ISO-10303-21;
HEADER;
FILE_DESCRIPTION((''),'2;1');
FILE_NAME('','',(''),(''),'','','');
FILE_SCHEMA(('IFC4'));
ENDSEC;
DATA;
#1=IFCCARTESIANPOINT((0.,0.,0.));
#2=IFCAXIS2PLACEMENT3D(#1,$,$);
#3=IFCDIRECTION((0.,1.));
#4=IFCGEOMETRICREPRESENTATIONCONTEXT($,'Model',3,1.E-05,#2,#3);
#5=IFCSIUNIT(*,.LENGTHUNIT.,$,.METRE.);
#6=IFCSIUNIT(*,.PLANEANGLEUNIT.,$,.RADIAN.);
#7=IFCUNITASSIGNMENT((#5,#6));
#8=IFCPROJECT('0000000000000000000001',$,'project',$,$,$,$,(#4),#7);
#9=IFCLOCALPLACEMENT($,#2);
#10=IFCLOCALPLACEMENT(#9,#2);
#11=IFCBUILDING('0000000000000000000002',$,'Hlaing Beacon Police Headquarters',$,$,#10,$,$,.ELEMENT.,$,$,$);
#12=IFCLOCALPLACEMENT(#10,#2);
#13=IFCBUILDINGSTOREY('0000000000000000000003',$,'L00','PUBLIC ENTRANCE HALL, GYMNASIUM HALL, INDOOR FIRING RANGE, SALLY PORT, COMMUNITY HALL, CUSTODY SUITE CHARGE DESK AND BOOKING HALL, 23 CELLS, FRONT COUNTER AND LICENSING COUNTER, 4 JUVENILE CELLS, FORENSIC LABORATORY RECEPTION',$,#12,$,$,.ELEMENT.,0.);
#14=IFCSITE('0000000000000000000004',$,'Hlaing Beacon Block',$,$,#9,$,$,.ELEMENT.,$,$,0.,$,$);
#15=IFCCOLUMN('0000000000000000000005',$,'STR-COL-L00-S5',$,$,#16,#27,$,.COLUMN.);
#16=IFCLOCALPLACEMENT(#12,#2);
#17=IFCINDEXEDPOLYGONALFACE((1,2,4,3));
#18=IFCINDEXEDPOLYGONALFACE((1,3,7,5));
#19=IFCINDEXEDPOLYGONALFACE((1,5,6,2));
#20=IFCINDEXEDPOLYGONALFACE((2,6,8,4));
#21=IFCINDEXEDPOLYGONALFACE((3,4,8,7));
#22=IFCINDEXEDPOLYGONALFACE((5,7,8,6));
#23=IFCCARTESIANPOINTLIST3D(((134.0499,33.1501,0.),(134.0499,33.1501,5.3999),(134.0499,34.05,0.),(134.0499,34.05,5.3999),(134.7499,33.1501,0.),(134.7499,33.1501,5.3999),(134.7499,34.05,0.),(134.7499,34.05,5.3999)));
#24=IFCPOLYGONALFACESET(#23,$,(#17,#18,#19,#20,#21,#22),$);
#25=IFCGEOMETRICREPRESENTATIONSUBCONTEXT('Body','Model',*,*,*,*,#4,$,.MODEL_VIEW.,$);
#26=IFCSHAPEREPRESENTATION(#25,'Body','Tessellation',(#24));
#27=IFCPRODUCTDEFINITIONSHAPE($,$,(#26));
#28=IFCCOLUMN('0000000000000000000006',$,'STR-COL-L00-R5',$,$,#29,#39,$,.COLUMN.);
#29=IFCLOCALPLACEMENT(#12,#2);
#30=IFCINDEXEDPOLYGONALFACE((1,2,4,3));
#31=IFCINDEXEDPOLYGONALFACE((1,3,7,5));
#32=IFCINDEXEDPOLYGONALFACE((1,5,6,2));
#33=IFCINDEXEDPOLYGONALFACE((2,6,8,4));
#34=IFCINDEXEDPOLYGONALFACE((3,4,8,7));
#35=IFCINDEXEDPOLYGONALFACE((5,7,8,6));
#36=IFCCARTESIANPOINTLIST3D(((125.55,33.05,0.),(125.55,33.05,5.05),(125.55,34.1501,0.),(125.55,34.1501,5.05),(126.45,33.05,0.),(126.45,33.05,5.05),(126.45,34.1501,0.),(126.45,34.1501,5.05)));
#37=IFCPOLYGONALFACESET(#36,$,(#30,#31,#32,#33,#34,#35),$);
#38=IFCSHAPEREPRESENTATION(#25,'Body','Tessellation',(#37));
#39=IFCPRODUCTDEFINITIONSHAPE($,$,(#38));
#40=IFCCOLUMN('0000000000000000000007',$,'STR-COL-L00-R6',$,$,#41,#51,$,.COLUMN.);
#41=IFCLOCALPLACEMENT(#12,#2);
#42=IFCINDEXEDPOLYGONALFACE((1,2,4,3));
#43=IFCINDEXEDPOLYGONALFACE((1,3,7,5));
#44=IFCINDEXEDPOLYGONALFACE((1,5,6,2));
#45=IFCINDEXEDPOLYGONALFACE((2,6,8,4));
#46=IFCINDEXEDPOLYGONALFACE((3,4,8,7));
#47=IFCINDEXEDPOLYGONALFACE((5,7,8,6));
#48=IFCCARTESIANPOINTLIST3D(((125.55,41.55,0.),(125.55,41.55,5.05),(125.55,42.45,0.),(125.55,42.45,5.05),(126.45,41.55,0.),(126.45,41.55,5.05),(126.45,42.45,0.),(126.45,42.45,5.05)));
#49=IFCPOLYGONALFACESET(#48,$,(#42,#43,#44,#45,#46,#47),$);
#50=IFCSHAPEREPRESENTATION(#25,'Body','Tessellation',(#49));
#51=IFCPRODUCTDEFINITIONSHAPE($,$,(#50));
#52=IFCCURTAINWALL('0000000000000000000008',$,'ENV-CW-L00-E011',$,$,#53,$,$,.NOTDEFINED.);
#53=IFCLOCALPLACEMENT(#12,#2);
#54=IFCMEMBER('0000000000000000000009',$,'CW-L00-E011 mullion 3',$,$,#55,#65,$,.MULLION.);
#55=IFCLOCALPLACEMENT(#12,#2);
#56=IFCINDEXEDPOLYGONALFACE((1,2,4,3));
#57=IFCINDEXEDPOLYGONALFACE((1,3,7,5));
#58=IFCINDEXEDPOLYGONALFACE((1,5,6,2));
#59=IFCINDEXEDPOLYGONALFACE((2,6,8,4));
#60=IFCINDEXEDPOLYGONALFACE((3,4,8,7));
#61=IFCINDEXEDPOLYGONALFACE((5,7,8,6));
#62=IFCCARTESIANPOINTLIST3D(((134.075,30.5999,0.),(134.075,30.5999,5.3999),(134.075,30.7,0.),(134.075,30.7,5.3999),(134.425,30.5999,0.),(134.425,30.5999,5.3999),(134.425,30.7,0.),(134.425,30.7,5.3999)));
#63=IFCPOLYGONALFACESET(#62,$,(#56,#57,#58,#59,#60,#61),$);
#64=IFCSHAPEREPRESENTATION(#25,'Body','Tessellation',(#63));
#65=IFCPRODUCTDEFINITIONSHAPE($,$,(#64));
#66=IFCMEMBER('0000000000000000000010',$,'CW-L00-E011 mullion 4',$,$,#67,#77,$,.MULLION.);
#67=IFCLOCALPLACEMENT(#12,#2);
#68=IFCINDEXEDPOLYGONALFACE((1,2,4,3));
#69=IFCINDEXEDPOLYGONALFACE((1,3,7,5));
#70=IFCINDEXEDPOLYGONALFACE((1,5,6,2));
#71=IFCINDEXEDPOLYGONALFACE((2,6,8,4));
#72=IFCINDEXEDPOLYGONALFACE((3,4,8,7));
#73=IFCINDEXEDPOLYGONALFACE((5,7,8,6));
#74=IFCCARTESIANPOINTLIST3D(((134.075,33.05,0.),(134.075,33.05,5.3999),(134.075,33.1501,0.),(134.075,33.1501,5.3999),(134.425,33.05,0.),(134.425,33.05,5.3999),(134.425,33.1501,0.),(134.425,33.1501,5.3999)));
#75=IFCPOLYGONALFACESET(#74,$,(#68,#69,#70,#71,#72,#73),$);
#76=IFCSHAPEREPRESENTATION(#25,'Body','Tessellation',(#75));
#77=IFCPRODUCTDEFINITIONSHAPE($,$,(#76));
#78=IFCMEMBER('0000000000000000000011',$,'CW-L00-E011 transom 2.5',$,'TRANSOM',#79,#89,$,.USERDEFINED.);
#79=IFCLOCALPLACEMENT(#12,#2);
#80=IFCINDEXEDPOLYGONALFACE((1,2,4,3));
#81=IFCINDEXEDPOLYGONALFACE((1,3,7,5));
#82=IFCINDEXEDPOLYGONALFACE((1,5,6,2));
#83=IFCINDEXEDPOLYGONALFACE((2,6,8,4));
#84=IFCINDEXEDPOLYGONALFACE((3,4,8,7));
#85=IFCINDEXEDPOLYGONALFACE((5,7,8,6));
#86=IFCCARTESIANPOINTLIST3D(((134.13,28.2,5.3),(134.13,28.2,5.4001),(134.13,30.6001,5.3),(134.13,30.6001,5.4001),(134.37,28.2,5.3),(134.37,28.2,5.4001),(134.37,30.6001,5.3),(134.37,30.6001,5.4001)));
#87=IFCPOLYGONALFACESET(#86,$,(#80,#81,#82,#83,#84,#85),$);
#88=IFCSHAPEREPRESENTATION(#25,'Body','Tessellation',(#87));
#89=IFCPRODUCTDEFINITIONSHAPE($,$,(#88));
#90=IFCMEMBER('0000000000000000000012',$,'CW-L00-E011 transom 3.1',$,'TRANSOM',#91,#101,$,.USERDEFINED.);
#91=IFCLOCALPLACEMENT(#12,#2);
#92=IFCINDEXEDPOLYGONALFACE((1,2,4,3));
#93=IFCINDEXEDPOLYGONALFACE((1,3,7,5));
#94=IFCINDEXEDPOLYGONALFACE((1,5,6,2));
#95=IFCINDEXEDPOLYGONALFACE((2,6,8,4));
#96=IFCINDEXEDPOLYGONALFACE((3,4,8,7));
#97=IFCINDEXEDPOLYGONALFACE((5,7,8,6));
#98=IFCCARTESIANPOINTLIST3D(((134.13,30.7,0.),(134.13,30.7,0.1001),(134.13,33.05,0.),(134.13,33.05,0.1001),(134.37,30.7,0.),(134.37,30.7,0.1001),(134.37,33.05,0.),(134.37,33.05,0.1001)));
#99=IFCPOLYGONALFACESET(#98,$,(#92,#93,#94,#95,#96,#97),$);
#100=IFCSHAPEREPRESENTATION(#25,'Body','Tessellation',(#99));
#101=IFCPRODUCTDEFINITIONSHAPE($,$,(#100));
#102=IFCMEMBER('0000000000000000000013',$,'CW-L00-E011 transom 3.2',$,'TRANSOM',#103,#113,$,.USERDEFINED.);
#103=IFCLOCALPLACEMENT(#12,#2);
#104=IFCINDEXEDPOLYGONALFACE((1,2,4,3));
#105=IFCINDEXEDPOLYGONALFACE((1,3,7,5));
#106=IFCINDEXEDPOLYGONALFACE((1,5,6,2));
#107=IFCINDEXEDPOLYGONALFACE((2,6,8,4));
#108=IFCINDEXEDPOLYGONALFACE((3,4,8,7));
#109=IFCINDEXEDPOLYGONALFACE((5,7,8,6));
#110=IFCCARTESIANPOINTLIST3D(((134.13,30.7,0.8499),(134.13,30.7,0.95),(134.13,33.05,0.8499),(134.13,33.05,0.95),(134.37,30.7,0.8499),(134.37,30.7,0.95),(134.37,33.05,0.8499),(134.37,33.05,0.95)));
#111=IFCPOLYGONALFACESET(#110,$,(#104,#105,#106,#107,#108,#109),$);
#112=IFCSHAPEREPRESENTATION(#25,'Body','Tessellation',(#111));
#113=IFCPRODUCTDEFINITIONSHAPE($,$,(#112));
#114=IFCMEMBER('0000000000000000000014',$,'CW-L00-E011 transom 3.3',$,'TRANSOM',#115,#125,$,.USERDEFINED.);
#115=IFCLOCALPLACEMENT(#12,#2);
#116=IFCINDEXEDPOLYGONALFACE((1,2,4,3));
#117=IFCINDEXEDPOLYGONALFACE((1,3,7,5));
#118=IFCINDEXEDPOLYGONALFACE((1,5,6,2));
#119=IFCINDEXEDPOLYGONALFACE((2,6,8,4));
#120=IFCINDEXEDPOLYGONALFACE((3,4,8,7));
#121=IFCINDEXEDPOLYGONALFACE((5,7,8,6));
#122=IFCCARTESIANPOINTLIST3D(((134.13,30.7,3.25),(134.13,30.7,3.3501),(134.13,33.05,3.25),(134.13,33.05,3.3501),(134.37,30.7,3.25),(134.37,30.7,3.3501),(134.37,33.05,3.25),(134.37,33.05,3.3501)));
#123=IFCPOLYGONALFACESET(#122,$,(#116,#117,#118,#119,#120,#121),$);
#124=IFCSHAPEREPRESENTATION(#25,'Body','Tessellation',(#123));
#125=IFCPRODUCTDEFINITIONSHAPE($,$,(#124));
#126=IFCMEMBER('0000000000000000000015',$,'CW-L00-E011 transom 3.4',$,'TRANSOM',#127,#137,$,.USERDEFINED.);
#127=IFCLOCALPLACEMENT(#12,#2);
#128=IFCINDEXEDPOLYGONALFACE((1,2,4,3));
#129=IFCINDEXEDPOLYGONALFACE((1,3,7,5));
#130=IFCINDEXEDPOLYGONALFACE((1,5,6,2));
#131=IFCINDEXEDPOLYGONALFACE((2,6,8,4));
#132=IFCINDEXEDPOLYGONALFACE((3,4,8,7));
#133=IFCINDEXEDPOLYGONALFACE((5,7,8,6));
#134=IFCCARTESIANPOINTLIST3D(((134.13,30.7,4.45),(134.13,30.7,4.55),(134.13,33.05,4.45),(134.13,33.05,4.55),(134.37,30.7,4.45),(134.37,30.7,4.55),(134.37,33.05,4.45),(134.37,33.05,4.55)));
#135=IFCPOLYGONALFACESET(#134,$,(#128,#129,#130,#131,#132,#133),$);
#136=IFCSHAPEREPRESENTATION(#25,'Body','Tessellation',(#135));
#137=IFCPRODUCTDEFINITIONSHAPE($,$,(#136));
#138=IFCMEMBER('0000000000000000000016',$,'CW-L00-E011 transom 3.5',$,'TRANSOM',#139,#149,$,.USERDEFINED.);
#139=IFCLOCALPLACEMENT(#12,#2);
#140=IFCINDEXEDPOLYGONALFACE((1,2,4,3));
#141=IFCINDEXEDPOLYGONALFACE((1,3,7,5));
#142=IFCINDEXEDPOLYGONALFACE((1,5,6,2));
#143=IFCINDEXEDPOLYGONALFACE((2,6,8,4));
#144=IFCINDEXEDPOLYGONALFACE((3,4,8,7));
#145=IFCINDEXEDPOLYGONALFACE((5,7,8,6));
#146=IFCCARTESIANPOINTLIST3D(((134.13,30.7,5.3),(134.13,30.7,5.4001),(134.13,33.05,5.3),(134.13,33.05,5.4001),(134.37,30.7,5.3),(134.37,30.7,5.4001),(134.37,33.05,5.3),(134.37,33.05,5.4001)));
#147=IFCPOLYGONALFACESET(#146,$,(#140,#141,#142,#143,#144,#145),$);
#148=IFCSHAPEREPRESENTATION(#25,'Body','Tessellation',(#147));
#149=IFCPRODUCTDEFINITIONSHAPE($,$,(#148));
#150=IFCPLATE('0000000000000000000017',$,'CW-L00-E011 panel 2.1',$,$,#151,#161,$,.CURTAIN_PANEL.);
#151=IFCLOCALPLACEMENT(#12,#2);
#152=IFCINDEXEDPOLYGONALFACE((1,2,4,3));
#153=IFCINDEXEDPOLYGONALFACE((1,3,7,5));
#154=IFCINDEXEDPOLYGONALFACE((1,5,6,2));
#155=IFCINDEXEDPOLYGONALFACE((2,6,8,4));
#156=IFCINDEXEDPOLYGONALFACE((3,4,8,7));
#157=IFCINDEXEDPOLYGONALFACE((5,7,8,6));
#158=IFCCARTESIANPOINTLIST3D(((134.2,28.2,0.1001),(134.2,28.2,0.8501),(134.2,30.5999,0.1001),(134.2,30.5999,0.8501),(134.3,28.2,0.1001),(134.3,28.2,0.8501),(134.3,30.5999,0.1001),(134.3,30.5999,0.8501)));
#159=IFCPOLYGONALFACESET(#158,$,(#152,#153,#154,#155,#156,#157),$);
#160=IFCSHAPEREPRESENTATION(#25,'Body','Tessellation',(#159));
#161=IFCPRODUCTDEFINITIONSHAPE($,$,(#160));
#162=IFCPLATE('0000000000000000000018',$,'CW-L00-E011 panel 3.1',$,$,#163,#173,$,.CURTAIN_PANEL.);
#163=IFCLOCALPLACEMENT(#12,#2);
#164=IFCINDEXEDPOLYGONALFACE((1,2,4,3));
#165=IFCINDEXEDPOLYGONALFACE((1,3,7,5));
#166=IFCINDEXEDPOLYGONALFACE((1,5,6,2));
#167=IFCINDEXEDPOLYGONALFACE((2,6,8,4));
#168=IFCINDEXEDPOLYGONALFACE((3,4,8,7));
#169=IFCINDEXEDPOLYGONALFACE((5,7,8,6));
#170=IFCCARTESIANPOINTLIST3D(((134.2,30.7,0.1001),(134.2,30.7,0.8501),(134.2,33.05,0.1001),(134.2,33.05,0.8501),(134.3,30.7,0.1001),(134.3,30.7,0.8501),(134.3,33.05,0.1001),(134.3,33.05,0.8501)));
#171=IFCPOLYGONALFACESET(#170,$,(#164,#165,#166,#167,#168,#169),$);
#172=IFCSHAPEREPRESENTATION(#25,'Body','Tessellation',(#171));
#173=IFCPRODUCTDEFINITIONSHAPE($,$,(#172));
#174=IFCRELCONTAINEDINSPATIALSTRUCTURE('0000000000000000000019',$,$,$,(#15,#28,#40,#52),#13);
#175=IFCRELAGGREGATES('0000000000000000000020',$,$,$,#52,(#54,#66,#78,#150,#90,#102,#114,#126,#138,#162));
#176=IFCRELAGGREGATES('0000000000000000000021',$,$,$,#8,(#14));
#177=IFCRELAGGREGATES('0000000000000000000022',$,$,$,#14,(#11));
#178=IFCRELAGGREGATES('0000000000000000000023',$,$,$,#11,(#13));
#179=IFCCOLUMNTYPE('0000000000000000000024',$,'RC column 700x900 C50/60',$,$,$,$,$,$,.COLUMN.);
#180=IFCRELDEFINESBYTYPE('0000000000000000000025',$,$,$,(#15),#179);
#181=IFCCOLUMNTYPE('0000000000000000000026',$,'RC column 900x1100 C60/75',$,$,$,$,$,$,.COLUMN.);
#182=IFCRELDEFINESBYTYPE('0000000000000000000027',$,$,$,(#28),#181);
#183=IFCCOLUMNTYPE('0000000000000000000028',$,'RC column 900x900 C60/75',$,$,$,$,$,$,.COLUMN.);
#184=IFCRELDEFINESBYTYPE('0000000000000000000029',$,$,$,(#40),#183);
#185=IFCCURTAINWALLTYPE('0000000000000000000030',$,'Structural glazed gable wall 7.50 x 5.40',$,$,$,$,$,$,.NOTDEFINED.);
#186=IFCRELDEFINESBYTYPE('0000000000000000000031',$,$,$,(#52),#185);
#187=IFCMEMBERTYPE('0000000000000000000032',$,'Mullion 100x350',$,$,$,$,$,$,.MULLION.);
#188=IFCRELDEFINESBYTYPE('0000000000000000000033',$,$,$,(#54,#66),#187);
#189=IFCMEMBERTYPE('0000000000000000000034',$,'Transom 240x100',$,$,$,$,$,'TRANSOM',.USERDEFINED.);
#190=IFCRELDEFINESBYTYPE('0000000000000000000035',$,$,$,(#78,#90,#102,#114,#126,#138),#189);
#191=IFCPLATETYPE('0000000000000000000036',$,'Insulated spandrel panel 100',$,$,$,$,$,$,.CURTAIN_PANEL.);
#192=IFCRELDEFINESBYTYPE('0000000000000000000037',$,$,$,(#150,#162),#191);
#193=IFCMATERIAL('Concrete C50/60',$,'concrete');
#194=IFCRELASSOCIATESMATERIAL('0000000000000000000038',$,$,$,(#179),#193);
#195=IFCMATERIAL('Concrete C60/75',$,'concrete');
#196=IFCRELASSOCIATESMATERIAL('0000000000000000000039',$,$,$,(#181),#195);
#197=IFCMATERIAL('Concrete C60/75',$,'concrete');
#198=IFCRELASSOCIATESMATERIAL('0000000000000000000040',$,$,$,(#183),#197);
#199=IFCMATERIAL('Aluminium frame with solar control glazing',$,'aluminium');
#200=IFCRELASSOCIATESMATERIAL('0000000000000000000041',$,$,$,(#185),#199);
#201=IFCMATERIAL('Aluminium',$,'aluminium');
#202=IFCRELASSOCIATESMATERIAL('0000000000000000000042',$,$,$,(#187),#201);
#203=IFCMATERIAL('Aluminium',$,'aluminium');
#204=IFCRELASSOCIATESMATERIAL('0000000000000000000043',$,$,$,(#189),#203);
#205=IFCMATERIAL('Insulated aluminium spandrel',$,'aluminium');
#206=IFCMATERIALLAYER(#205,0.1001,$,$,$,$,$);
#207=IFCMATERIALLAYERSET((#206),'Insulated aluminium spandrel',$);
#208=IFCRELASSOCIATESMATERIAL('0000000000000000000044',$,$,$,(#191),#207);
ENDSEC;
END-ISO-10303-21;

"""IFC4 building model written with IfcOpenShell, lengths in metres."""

from ifc_helpers import new_model, si_unit, direction, frame, origin, origin_2d, place, context, subcontext, project, spatial, rectangle, extrude, material, layer, layer_set, material_profile, profile_set, type_object, element, aggregate, save


model = new_model("IFC4")

# Units and contexts
model_context = context("Model", 3, precision=1e-05, world=origin(), true_north=direction((0.0, 1.0)))
body_context = subcontext(model_context, "Body", "Model", "MODEL_VIEW")
ifc_project = project(units=[si_unit("LENGTHUNIT", "METRE"), si_unit("PLANEANGLEUNIT", "RADIAN")], contexts=[model_context])

# Site, building, storey
site_placement = place(None, origin())
site = spatial("IfcSite", under=ifc_project, at=site_placement, Name="Hlaing Beacon Block", CompositionType="ELEMENT", RefElevation=0.0)
building_placement = place(site_placement, origin())
building = spatial("IfcBuilding", under=site, at=building_placement, Name="Hlaing Beacon Police Headquarters", CompositionType="ELEMENT")
storey_placement = place(building_placement, origin())
storey = spatial("IfcBuildingStorey", under=building, at=storey_placement, Name="L00", Description="PUBLIC ENTRANCE HALL, GYMNASIUM HALL, INDOOR FIRING RANGE, SALLY PORT, COMMUNITY HALL, CUSTODY SUITE CHARGE DESK AND BOOKING HALL, 23 CELLS, FRONT COUNTER AND LICENSING COUNTER, 4 JUVENILE CELLS, FORENSIC LABORATORY RECEPTION", CompositionType="ELEMENT", Elevation=0.0)

# Columns
ifc_material_1 = material(Name="Concrete C50/60", Category="concrete")
ifc_material_profile_1 = material_profile(ifc_material_1, rectangle(XDim=0.7, YDim=0.8999, at=origin_2d()), Name="700x900")
ifc_profile_set_1 = profile_set([ifc_material_profile_1], Name="Concrete C50/60")
column_type_1 = type_object("IfcColumnType", Name="RC column 700x900 C50/60", PredefinedType="COLUMN", material=ifc_profile_set_1)
column_1_placement = place(storey_placement, frame((134.3999, 33.6001, 0.0), z_axis=(0.0, 0.0, 1.0), x_axis=(1.0, 0.0, 0.0)))
element("IfcColumn", 1, at=column_1_placement, inside=storey, type_object=column_type_1, Name="STR-COL-L00-S5", PredefinedType="COLUMN", context=body_context, shape_type="SweptSolid", body=[
    extrude(rectangle(XDim=0.7, YDim=0.8999, at=origin_2d()), origin(), (0.0, 0.0, 1.0), 5.3999),
])
ifc_material_2 = material(Name="Concrete C60/75", Category="concrete")
ifc_material_profile_2 = material_profile(ifc_material_2, rectangle(XDim=0.8999, YDim=1.1001, at=origin_2d()), Name="900x1100")
ifc_profile_set_2 = profile_set([ifc_material_profile_2], Name="Concrete C60/75")
column_type_2 = type_object("IfcColumnType", Name="RC column 900x1100 C60/75", PredefinedType="COLUMN", material=ifc_profile_set_2)
column_2_placement = place(storey_placement, frame((126.0, 33.6001, 0.0), z_axis=(0.0, 0.0, 1.0), x_axis=(1.0, 0.0, 0.0)))
element("IfcColumn", 2, at=column_2_placement, inside=storey, type_object=column_type_2, Name="STR-COL-L00-R5", PredefinedType="COLUMN", context=body_context, shape_type="SweptSolid", body=[
    extrude(rectangle(XDim=0.8999, YDim=1.1001, at=origin_2d()), origin(), (0.0, 0.0, 1.0), 5.05),
])
ifc_material_3 = material(Name="Concrete C60/75", Category="concrete")
ifc_material_profile_3 = material_profile(ifc_material_3, rectangle(XDim=0.8999, YDim=0.8999, at=origin_2d()), Name="900x900")
ifc_profile_set_3 = profile_set([ifc_material_profile_3], Name="Concrete C60/75")
column_type_3 = type_object("IfcColumnType", Name="RC column 900x900 C60/75", PredefinedType="COLUMN", material=ifc_profile_set_3)
column_3_placement = place(storey_placement, frame((126.0, 42.0, 0.0), z_axis=(0.0, 0.0, 1.0), x_axis=(1.0, 0.0, 0.0)))
element("IfcColumn", 3, at=column_3_placement, inside=storey, type_object=column_type_3, Name="STR-COL-L00-R6", PredefinedType="COLUMN", context=body_context, shape_type="SweptSolid", body=[
    extrude(rectangle(XDim=0.8999, YDim=0.8999, at=origin_2d()), origin(), (0.0, 0.0, 1.0), 5.05),
])

# Curtain wall, members, plates
ifc_material_4 = material(Name="Aluminium frame with solar control glazing", Category="aluminium")
curtain_wall_type = type_object("IfcCurtainWallType", Name="Structural glazed gable wall 7.50 x 5.40", PredefinedType="NOTDEFINED", material=ifc_material_4)
curtain_wall_placement = place(storey_placement, origin())
curtain_wall = element("IfcCurtainWall", 4, at=curtain_wall_placement, inside=storey, type_object=curtain_wall_type, Name="ENV-CW-L00-E011", PredefinedType="NOTDEFINED")
ifc_material_5 = material(Name="Aluminium", Category="aluminium")
ifc_material_profile_4 = material_profile(ifc_material_5, rectangle(XDim=0.3501, YDim=0.1001, at=origin_2d()), Name="Mullion 100x350")
ifc_profile_set_4 = profile_set([ifc_material_profile_4], Name="Aluminium")
member_type_1 = type_object("IfcMemberType", Name="Mullion 100x350", PredefinedType="MULLION", material=ifc_profile_set_4)
member_1_placement = place(storey_placement, frame((134.25, 30.6499, 0.0), z_axis=(0.0, 0.0, 1.0), x_axis=(-1.0, 0.0, 0.0)))
member_1 = element("IfcMember", 5, at=member_1_placement, type_object=member_type_1, Name="CW-L00-E011 mullion 3", PredefinedType="MULLION", context=body_context, shape_type="SweptSolid", body=[
    extrude(rectangle(XDim=0.3501, YDim=0.1001, at=origin_2d()), origin(), (0.0, 0.0, 1.0), 5.3999),
])
member_2_placement = place(storey_placement, frame((134.25, 33.1001, 0.0), z_axis=(0.0, 0.0, 1.0), x_axis=(-1.0, 0.0, 0.0)))
member_2 = element("IfcMember", 6, at=member_2_placement, type_object=member_type_1, Name="CW-L00-E011 mullion 4", PredefinedType="MULLION", context=body_context, shape_type="SweptSolid", body=[
    extrude(rectangle(XDim=0.3501, YDim=0.1001, at=origin_2d()), origin(), (0.0, 0.0, 1.0), 5.3999),
])
ifc_material_6 = material(Name="Aluminium", Category="aluminium")
ifc_material_profile_5 = material_profile(ifc_material_6, rectangle(XDim=0.24, YDim=0.1001, at=origin_2d()), Name="Transom 240x100")
ifc_profile_set_5 = profile_set([ifc_material_profile_5], Name="Aluminium")
member_type_2 = type_object("IfcMemberType", Name="Transom 240x100", ElementType="TRANSOM", PredefinedType="USERDEFINED", material=ifc_profile_set_5)
member_3_placement = place(storey_placement, frame((134.25, 28.2, 5.3501), z_axis=(0.0, 1.0, 0.0), x_axis=(-1.0, 0.0, 0.0)))
member_3 = element("IfcMember", 7, at=member_3_placement, type_object=member_type_2, Name="CW-L00-E011 transom 2.5", ObjectType="TRANSOM", PredefinedType="USERDEFINED", context=body_context, shape_type="SweptSolid", body=[
    extrude(rectangle(XDim=0.24, YDim=0.1001, at=origin_2d()), origin(), (0.0, 0.0, 1.0), 2.4001),
])
member_4_placement = place(storey_placement, frame((134.25, 30.7, 0.05), z_axis=(0.0, 1.0, 0.0), x_axis=(-1.0, 0.0, 0.0)))
member_4 = element("IfcMember", 8, at=member_4_placement, type_object=member_type_2, Name="CW-L00-E011 transom 3.1", ObjectType="TRANSOM", PredefinedType="USERDEFINED", context=body_context, shape_type="SweptSolid", body=[
    extrude(rectangle(XDim=0.24, YDim=0.1001, at=origin_2d()), origin(), (0.0, 0.0, 1.0), 2.3501),
])
member_5_placement = place(storey_placement, frame((134.25, 30.7, 0.8999), z_axis=(0.0, 1.0, 0.0), x_axis=(-1.0, 0.0, 0.0)))
member_5 = element("IfcMember", 9, at=member_5_placement, type_object=member_type_2, Name="CW-L00-E011 transom 3.2", ObjectType="TRANSOM", PredefinedType="USERDEFINED", context=body_context, shape_type="SweptSolid", body=[
    extrude(rectangle(XDim=0.24, YDim=0.1001, at=origin_2d()), origin(), (0.0, 0.0, 1.0), 2.3501),
])
member_6_placement = place(storey_placement, frame((134.25, 30.7, 3.3), z_axis=(0.0, 1.0, 0.0), x_axis=(-1.0, 0.0, 0.0)))
member_6 = element("IfcMember", 10, at=member_6_placement, type_object=member_type_2, Name="CW-L00-E011 transom 3.3", ObjectType="TRANSOM", PredefinedType="USERDEFINED", context=body_context, shape_type="SweptSolid", body=[
    extrude(rectangle(XDim=0.24, YDim=0.1001, at=origin_2d()), origin(), (0.0, 0.0, 1.0), 2.3501),
])
member_7_placement = place(storey_placement, frame((134.25, 30.7, 4.5), z_axis=(0.0, 1.0, 0.0), x_axis=(-1.0, 0.0, 0.0)))
member_7 = element("IfcMember", 11, at=member_7_placement, type_object=member_type_2, Name="CW-L00-E011 transom 3.4", ObjectType="TRANSOM", PredefinedType="USERDEFINED", context=body_context, shape_type="SweptSolid", body=[
    extrude(rectangle(XDim=0.24, YDim=0.1001, at=origin_2d()), origin(), (0.0, 0.0, 1.0), 2.3501),
])
member_8_placement = place(storey_placement, frame((134.25, 30.7, 5.3501), z_axis=(0.0, 1.0, 0.0), x_axis=(-1.0, 0.0, 0.0)))
member_8 = element("IfcMember", 12, at=member_8_placement, type_object=member_type_2, Name="CW-L00-E011 transom 3.5", ObjectType="TRANSOM", PredefinedType="USERDEFINED", context=body_context, shape_type="SweptSolid", body=[
    extrude(rectangle(XDim=0.24, YDim=0.1001, at=origin_2d()), origin(), (0.0, 0.0, 1.0), 2.3501),
])
ifc_material_7 = material(Name="Insulated aluminium spandrel", Category="aluminium")
ifc_layer_1 = layer(ifc_material_7, 0.1001)
ifc_layer_set_1 = layer_set([ifc_layer_1], Name="Insulated aluminium spandrel")
plate_type_1 = type_object("IfcPlateType", Name="Insulated spandrel panel 100", PredefinedType="CURTAIN_PANEL", material=ifc_layer_set_1)
plate_1_placement = place(storey_placement, frame((134.25, 29.3999, 0.1001), z_axis=(0.0, 0.0, 1.0), x_axis=(0.0, 1.0, 0.0)))
plate_1 = element("IfcPlate", 13, at=plate_1_placement, type_object=plate_type_1, Name="CW-L00-E011 panel 2.1", PredefinedType="CURTAIN_PANEL", context=body_context, shape_type="SweptSolid", body=[
    extrude(rectangle(XDim=2.3999, YDim=0.1001, at=origin_2d()), origin(), (0.0, 0.0, 1.0), 0.75),
])
plate_2_placement = place(storey_placement, frame((134.25, 31.875, 0.1001), z_axis=(0.0, 0.0, 1.0), x_axis=(0.0, 1.0, 0.0)))
plate_2 = element("IfcPlate", 14, at=plate_2_placement, type_object=plate_type_1, Name="CW-L00-E011 panel 3.1", PredefinedType="CURTAIN_PANEL", context=body_context, shape_type="SweptSolid", body=[
    extrude(rectangle(XDim=2.3501, YDim=0.1001, at=origin_2d()), origin(), (0.0, 0.0, 1.0), 0.75),
])
aggregate(curtain_wall, [member_1, member_2, member_3, plate_1, member_4, member_5, member_6, member_7, member_8, plate_2])

save(model, "model.ifc")
